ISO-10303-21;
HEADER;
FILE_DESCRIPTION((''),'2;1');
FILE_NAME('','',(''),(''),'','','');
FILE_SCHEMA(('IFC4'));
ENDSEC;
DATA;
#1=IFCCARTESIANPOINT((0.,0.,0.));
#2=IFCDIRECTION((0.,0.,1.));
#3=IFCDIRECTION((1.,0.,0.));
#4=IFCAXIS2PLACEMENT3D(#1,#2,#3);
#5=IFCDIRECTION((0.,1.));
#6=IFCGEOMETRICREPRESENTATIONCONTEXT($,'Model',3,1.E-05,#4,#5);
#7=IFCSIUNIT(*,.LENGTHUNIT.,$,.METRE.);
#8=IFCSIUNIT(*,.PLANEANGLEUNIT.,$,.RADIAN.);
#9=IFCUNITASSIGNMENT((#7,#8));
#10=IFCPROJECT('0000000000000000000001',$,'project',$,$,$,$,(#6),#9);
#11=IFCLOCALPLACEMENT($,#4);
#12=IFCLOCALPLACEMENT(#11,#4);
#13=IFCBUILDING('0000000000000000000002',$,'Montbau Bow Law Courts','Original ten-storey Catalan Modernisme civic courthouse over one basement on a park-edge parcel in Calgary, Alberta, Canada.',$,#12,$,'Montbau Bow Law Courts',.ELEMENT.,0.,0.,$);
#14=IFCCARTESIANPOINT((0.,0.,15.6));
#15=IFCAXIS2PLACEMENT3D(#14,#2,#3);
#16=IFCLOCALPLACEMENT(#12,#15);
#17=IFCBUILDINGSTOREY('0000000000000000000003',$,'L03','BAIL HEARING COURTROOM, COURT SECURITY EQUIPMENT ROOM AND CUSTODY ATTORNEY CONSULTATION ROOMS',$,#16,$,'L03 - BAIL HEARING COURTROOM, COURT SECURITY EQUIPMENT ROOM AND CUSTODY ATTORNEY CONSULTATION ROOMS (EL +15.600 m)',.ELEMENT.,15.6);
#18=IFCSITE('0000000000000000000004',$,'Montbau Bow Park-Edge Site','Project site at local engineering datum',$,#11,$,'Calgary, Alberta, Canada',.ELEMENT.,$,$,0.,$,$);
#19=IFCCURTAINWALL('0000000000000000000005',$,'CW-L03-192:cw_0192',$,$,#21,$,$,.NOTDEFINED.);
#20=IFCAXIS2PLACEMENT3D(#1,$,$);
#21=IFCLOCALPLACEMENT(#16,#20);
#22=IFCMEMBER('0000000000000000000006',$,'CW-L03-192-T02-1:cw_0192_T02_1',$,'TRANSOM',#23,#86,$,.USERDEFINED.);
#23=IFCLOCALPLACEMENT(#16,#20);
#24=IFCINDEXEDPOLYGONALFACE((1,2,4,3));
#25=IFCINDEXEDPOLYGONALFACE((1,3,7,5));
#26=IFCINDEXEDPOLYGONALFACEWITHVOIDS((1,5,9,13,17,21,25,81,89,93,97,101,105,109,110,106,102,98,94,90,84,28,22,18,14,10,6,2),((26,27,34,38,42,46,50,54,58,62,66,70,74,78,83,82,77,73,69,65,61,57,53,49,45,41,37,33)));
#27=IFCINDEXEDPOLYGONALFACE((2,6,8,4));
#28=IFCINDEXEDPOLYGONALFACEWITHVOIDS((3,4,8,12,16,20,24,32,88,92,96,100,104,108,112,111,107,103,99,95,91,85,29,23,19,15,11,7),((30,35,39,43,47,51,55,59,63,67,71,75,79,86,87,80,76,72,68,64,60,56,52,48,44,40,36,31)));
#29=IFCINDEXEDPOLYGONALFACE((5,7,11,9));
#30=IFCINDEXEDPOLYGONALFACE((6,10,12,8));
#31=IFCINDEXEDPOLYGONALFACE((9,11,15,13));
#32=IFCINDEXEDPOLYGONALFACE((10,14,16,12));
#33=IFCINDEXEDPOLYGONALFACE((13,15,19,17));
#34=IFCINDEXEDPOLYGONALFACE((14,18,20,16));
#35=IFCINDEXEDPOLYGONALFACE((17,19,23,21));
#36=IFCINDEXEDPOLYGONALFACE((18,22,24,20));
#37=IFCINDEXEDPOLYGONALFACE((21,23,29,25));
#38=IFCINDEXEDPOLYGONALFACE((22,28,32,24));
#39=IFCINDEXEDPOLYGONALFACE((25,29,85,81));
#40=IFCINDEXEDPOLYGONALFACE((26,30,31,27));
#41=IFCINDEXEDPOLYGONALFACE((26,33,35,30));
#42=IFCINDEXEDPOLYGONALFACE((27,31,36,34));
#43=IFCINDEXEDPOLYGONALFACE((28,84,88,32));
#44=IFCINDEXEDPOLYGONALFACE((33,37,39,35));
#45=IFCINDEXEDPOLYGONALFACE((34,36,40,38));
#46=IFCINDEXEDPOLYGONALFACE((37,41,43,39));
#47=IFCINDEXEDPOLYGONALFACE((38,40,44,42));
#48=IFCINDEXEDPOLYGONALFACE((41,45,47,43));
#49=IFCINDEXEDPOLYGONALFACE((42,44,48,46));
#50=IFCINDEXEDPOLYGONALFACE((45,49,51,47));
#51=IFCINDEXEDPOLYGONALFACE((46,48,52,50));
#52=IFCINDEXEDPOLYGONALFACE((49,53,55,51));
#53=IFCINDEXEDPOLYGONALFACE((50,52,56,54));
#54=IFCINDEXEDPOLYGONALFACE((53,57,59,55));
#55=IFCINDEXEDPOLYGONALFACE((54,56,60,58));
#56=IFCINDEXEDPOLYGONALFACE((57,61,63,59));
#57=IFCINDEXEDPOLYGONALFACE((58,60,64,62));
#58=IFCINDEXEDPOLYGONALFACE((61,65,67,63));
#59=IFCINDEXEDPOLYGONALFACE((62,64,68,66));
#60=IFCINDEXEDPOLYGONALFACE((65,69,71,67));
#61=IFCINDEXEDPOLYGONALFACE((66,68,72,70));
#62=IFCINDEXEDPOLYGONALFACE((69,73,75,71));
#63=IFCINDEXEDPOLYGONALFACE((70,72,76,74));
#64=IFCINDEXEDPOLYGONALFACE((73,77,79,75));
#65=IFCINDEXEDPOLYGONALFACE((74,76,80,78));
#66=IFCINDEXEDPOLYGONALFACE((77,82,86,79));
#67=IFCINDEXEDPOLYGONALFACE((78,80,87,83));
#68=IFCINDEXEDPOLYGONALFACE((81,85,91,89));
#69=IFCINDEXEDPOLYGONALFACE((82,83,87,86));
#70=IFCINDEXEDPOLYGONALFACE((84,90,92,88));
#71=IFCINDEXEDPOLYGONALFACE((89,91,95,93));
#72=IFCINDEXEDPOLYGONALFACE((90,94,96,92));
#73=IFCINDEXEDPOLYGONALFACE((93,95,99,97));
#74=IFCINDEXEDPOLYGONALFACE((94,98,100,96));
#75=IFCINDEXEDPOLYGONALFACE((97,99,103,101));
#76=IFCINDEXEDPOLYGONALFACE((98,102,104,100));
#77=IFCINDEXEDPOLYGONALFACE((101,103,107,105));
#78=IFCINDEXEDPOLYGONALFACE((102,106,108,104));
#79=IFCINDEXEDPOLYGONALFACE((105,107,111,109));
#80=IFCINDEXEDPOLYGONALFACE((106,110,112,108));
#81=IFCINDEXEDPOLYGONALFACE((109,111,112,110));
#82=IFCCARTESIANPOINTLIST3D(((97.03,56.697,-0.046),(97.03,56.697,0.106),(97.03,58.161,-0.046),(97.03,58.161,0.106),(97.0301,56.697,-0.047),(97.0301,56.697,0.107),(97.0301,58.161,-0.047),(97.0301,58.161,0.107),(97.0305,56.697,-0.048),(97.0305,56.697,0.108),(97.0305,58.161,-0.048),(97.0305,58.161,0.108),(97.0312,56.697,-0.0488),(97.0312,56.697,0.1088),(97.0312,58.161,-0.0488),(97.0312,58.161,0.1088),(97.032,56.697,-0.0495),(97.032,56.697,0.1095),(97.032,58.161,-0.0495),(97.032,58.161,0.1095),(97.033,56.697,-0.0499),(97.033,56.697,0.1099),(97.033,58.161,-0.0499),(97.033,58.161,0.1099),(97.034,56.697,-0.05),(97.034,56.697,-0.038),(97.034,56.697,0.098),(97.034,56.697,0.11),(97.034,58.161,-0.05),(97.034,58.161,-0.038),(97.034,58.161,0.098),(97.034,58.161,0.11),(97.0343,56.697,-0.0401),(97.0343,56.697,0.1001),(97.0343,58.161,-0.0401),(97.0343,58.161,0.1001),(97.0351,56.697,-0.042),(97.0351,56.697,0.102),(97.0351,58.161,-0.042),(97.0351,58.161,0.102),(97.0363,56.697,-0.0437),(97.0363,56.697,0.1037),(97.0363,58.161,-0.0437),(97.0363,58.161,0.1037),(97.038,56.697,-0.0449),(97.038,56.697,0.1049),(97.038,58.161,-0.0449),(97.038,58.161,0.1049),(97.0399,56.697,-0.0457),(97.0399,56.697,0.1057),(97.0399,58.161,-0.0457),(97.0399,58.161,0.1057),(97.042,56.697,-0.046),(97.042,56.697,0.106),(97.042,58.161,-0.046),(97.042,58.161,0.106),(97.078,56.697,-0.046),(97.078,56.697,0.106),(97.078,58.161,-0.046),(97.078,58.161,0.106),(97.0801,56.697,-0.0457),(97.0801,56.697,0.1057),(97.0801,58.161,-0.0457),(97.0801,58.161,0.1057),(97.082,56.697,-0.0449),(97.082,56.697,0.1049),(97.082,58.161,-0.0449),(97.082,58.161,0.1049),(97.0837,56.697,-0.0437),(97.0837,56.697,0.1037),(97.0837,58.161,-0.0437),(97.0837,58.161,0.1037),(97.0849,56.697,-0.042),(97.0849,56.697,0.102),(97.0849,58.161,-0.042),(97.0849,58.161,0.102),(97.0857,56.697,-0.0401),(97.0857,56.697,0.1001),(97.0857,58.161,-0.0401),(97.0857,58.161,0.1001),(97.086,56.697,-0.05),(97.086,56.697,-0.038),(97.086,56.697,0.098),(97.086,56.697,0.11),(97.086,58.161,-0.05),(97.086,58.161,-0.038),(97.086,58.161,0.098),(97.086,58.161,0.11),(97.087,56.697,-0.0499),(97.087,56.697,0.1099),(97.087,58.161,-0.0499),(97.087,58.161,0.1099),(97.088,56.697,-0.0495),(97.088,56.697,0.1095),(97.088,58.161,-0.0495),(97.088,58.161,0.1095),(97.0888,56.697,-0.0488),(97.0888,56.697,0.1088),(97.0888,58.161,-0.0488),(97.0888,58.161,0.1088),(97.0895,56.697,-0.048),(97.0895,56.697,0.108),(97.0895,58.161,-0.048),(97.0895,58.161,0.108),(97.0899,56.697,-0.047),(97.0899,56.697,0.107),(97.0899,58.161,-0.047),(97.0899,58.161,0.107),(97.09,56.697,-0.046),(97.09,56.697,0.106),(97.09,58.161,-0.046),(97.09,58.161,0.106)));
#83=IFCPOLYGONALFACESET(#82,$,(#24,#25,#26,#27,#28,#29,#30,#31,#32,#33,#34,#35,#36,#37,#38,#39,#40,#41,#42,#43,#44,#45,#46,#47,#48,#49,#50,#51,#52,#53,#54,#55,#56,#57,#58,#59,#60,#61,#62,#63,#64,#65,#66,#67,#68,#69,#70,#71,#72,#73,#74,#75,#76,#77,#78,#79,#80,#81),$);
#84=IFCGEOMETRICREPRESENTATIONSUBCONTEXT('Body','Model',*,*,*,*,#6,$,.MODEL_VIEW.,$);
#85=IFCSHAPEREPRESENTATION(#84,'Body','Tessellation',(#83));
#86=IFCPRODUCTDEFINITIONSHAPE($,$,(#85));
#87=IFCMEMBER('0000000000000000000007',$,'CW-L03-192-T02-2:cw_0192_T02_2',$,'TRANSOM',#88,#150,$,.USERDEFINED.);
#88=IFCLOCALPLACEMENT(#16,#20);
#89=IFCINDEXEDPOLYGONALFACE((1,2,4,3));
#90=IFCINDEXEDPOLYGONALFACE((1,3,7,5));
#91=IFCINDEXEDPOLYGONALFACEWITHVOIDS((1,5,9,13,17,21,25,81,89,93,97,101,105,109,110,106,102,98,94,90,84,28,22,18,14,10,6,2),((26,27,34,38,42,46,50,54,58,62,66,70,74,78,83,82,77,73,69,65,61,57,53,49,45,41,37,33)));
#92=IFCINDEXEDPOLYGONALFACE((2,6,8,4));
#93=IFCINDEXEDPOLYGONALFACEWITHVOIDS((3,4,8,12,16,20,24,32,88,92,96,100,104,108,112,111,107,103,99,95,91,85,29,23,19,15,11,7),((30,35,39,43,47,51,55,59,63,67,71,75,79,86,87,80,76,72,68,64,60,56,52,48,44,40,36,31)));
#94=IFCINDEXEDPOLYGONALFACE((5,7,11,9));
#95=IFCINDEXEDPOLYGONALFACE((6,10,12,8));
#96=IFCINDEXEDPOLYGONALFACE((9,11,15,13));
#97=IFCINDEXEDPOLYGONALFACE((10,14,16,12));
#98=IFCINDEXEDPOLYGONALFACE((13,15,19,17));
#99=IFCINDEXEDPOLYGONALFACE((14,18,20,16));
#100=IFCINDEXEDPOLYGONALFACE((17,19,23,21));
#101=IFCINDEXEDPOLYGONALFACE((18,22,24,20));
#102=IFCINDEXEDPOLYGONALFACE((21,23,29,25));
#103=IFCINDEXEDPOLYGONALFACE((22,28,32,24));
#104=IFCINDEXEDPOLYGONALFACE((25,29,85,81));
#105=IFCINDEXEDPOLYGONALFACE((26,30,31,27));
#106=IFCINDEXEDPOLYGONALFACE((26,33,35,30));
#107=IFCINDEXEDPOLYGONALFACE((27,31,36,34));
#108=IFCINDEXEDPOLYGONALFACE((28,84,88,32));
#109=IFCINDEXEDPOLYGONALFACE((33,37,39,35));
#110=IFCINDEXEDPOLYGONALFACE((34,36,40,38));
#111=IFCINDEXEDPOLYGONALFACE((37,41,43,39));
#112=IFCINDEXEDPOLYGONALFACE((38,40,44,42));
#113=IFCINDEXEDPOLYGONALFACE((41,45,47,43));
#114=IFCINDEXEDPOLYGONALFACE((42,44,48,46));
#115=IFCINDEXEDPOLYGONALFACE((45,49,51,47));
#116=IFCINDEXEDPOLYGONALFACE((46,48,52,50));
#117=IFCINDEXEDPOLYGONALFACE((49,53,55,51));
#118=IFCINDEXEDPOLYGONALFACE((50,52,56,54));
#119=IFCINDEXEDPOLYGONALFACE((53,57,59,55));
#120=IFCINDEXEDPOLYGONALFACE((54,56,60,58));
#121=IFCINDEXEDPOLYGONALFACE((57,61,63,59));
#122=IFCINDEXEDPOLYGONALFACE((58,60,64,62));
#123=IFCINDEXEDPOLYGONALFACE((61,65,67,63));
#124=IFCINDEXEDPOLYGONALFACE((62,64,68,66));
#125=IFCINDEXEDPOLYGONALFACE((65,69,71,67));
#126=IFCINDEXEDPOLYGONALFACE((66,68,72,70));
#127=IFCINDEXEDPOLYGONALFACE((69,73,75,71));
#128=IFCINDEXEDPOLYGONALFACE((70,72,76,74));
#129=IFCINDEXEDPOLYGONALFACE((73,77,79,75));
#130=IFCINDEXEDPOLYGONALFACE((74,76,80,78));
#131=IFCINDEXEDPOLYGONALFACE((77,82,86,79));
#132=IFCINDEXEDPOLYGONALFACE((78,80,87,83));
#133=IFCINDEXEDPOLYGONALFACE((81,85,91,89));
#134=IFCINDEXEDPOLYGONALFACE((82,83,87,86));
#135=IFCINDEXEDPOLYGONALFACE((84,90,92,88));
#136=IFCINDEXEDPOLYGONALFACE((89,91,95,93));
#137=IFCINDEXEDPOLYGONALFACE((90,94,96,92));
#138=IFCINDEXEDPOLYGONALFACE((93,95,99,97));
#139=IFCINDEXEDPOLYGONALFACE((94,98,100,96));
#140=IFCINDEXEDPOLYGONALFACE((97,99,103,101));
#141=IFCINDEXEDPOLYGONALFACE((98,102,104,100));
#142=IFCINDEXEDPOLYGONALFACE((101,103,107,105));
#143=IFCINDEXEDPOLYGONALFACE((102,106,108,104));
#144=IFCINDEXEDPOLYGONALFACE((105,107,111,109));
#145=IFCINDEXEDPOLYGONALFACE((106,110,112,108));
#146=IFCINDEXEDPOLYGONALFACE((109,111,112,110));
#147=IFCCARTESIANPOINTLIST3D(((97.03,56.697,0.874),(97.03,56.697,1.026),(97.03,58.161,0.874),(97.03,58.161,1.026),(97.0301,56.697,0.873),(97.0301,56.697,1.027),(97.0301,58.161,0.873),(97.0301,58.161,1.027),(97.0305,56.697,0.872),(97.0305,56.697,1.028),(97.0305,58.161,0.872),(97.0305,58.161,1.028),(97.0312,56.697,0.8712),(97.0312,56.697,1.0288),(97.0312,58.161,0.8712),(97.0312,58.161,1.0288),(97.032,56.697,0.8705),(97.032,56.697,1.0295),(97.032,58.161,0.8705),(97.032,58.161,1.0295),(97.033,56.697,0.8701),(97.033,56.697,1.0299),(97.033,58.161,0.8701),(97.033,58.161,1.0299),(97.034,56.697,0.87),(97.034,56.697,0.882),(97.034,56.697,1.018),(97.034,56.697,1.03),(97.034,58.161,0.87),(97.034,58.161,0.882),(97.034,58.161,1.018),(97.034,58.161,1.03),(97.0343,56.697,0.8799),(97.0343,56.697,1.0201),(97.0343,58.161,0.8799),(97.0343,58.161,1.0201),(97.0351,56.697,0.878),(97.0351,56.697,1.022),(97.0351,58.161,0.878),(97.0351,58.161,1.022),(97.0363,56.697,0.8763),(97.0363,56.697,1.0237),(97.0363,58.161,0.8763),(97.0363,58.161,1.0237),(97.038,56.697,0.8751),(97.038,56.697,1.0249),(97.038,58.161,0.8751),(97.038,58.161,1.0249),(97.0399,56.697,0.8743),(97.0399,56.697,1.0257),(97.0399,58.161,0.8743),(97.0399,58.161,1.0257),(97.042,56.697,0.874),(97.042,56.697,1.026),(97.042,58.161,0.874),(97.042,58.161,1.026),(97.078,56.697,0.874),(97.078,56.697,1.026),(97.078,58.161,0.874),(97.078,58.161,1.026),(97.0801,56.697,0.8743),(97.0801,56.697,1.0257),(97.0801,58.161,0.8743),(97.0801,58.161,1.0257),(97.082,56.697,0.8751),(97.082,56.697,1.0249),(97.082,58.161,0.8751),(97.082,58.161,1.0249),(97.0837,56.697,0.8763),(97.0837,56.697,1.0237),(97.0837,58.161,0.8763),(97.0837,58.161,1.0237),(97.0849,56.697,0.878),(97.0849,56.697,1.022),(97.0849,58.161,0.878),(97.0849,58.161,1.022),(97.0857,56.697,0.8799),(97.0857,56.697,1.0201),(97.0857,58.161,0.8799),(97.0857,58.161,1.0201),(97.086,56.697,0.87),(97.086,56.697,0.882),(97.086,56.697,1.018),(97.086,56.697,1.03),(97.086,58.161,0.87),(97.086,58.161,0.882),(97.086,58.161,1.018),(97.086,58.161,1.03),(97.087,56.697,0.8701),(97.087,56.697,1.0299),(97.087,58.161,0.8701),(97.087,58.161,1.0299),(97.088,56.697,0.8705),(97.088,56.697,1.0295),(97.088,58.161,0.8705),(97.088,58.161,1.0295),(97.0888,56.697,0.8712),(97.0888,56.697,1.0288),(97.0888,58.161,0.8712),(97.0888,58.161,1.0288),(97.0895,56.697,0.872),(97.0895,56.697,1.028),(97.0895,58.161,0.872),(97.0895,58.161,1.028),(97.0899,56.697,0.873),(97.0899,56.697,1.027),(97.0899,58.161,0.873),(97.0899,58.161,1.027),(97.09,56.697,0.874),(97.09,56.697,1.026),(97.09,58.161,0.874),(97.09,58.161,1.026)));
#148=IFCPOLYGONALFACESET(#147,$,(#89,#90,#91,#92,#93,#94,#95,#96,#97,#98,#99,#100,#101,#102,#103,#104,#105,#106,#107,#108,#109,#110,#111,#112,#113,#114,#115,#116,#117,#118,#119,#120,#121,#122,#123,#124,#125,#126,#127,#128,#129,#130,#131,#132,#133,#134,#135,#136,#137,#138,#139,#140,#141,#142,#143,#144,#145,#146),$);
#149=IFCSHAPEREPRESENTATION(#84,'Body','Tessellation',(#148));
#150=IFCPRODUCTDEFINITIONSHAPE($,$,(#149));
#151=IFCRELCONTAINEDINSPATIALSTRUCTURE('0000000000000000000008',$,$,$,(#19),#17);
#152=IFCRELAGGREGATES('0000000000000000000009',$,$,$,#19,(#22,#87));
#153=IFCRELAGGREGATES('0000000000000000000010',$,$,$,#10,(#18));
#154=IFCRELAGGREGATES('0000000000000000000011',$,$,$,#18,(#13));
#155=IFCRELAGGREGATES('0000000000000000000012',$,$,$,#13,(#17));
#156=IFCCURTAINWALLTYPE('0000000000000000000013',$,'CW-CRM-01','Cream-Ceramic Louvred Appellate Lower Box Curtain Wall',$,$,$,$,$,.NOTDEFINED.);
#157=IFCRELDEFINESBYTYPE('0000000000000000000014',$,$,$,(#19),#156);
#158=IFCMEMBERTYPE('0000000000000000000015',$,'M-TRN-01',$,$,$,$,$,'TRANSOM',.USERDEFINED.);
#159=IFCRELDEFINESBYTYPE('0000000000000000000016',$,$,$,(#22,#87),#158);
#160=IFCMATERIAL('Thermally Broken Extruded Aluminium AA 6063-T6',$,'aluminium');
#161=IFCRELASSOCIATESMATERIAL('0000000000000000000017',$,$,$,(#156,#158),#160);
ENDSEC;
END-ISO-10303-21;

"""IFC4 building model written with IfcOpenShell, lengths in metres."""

from ifc_helpers import new_model, si_unit, direction, frame, origin_with_axes, origin_2d_with_axis, place, context, subcontext, project, spatial, hollow_rectangle, extrude, material, material_profile, profile_set, type_object, element, aggregate, save


model = new_model("IFC4")

# Units and contexts
model_context = context("Model", 3, precision=1e-05, world=origin_with_axes(), true_north=direction((0.0, 1.0)))
body_context = subcontext(model_context, "Body", "Model", "MODEL_VIEW")
ifc_project = project(units=[si_unit("LENGTHUNIT", "METRE"), si_unit("PLANEANGLEUNIT", "RADIAN")], contexts=[model_context])

# Site, building, storey
site_placement = place(None, origin_with_axes())
site = spatial("IfcSite", under=ifc_project, at=site_placement, Name="Montbau Bow Park-Edge Site", Description="Project site at local engineering datum", LongName="Calgary, Alberta, Canada", CompositionType="ELEMENT", RefElevation=0.0)
building_placement = place(site_placement, origin_with_axes())
building = spatial("IfcBuilding", under=site, at=building_placement, Name="Montbau Bow Law Courts", Description="Original ten-storey Catalan Modernisme civic courthouse over one basement on a park-edge parcel in Calgary, Alberta, Canada.", LongName="Montbau Bow Law Courts", CompositionType="ELEMENT", ElevationOfRefHeight=0.0, ElevationOfTerrain=0.0)
storey_placement = place(building_placement, frame((0.0, 0.0, 15.6), z_axis=(0.0, 0.0, 1.0), x_axis=(1.0, 0.0, 0.0)))
storey = spatial("IfcBuildingStorey", under=building, at=storey_placement, Name="L03", Description="BAIL HEARING COURTROOM, COURT SECURITY EQUIPMENT ROOM AND CUSTODY ATTORNEY CONSULTATION ROOMS", LongName="L03 - BAIL HEARING COURTROOM, COURT SECURITY EQUIPMENT ROOM AND CUSTODY ATTORNEY CONSULTATION ROOMS (EL +15.600 m)", CompositionType="ELEMENT", Elevation=15.6)

# Curtain wall
ifc_material_1 = material(Name="Thermally Broken Extruded Aluminium AA 6063-T6", Category="aluminium")
curtain_wall_type = type_object("IfcCurtainWallType", Name="CW-CRM-01", Description="Cream-Ceramic Louvred Appellate Lower Box Curtain Wall", PredefinedType="NOTDEFINED", material=ifc_material_1)
curtain_wall_1_placement = place(None, frame((97.06, 55.115, 15.6), z_axis=(0.0, 0.0, 1.0), x_axis=(1.0, 0.0, 0.0)))
curtain_wall_1 = element("IfcCurtainWall", 1, at=curtain_wall_1_placement, inside=storey, type_object=curtain_wall_type, Name="CW-L03-192:cw_0192", PredefinedType="NOTDEFINED")

# Members
ifc_material_profile_1 = material_profile(ifc_material_1, hollow_rectangle(XDim=0.06, YDim=0.16, WallThickness=0.004, InnerFilletRadius=0.008, OuterFilletRadius=0.004, at=origin_2d_with_axis()), Name="CWT-160X60", Category="Main", Priority=0)
ifc_profile_set_1 = profile_set([ifc_material_profile_1], Name="Thermally Broken Extruded Aluminium AA 6063-T6")
member_type_1 = type_object("IfcMemberType", Name="M-TRN-01", ElementType="TRANSOM", PredefinedType="USERDEFINED", material=ifc_profile_set_1)
member_1_placement = place(None, frame((97.06, 56.697, 15.63), z_axis=(0.0, 1.0, 0.0), x_axis=(-1.0, 0.0, 0.0)))
member_1 = element("IfcMember", 2, at=member_1_placement, type_object=member_type_1, Name="CW-L03-192-T02-1:cw_0192_T02_1", ObjectType="TRANSOM", PredefinedType="USERDEFINED", context=body_context, shape_type="SweptSolid", body=[
    extrude(hollow_rectangle(XDim=0.06, YDim=0.16, WallThickness=0.004, InnerFilletRadius=0.008, OuterFilletRadius=0.004, at=origin_2d_with_axis()), origin_with_axes(), (0.0, 0.0, 1.0), 1.464),
])
member_2_placement = place(None, frame((97.06, 56.697, 16.55), z_axis=(0.0, 1.0, 0.0), x_axis=(-1.0, 0.0, 0.0)))
member_2 = element("IfcMember", 3, at=member_2_placement, type_object=member_type_1, Name="CW-L03-192-T02-2:cw_0192_T02_2", ObjectType="TRANSOM", PredefinedType="USERDEFINED", context=body_context, shape_type="SweptSolid", body=[
    extrude(hollow_rectangle(XDim=0.06, YDim=0.16, WallThickness=0.004, InnerFilletRadius=0.008, OuterFilletRadius=0.004, at=origin_2d_with_axis()), origin_with_axes(), (0.0, 0.0, 1.0), 1.464),
])

aggregate(curtain_wall_1, [member_1, member_2])

save(model, "model.ifc")
